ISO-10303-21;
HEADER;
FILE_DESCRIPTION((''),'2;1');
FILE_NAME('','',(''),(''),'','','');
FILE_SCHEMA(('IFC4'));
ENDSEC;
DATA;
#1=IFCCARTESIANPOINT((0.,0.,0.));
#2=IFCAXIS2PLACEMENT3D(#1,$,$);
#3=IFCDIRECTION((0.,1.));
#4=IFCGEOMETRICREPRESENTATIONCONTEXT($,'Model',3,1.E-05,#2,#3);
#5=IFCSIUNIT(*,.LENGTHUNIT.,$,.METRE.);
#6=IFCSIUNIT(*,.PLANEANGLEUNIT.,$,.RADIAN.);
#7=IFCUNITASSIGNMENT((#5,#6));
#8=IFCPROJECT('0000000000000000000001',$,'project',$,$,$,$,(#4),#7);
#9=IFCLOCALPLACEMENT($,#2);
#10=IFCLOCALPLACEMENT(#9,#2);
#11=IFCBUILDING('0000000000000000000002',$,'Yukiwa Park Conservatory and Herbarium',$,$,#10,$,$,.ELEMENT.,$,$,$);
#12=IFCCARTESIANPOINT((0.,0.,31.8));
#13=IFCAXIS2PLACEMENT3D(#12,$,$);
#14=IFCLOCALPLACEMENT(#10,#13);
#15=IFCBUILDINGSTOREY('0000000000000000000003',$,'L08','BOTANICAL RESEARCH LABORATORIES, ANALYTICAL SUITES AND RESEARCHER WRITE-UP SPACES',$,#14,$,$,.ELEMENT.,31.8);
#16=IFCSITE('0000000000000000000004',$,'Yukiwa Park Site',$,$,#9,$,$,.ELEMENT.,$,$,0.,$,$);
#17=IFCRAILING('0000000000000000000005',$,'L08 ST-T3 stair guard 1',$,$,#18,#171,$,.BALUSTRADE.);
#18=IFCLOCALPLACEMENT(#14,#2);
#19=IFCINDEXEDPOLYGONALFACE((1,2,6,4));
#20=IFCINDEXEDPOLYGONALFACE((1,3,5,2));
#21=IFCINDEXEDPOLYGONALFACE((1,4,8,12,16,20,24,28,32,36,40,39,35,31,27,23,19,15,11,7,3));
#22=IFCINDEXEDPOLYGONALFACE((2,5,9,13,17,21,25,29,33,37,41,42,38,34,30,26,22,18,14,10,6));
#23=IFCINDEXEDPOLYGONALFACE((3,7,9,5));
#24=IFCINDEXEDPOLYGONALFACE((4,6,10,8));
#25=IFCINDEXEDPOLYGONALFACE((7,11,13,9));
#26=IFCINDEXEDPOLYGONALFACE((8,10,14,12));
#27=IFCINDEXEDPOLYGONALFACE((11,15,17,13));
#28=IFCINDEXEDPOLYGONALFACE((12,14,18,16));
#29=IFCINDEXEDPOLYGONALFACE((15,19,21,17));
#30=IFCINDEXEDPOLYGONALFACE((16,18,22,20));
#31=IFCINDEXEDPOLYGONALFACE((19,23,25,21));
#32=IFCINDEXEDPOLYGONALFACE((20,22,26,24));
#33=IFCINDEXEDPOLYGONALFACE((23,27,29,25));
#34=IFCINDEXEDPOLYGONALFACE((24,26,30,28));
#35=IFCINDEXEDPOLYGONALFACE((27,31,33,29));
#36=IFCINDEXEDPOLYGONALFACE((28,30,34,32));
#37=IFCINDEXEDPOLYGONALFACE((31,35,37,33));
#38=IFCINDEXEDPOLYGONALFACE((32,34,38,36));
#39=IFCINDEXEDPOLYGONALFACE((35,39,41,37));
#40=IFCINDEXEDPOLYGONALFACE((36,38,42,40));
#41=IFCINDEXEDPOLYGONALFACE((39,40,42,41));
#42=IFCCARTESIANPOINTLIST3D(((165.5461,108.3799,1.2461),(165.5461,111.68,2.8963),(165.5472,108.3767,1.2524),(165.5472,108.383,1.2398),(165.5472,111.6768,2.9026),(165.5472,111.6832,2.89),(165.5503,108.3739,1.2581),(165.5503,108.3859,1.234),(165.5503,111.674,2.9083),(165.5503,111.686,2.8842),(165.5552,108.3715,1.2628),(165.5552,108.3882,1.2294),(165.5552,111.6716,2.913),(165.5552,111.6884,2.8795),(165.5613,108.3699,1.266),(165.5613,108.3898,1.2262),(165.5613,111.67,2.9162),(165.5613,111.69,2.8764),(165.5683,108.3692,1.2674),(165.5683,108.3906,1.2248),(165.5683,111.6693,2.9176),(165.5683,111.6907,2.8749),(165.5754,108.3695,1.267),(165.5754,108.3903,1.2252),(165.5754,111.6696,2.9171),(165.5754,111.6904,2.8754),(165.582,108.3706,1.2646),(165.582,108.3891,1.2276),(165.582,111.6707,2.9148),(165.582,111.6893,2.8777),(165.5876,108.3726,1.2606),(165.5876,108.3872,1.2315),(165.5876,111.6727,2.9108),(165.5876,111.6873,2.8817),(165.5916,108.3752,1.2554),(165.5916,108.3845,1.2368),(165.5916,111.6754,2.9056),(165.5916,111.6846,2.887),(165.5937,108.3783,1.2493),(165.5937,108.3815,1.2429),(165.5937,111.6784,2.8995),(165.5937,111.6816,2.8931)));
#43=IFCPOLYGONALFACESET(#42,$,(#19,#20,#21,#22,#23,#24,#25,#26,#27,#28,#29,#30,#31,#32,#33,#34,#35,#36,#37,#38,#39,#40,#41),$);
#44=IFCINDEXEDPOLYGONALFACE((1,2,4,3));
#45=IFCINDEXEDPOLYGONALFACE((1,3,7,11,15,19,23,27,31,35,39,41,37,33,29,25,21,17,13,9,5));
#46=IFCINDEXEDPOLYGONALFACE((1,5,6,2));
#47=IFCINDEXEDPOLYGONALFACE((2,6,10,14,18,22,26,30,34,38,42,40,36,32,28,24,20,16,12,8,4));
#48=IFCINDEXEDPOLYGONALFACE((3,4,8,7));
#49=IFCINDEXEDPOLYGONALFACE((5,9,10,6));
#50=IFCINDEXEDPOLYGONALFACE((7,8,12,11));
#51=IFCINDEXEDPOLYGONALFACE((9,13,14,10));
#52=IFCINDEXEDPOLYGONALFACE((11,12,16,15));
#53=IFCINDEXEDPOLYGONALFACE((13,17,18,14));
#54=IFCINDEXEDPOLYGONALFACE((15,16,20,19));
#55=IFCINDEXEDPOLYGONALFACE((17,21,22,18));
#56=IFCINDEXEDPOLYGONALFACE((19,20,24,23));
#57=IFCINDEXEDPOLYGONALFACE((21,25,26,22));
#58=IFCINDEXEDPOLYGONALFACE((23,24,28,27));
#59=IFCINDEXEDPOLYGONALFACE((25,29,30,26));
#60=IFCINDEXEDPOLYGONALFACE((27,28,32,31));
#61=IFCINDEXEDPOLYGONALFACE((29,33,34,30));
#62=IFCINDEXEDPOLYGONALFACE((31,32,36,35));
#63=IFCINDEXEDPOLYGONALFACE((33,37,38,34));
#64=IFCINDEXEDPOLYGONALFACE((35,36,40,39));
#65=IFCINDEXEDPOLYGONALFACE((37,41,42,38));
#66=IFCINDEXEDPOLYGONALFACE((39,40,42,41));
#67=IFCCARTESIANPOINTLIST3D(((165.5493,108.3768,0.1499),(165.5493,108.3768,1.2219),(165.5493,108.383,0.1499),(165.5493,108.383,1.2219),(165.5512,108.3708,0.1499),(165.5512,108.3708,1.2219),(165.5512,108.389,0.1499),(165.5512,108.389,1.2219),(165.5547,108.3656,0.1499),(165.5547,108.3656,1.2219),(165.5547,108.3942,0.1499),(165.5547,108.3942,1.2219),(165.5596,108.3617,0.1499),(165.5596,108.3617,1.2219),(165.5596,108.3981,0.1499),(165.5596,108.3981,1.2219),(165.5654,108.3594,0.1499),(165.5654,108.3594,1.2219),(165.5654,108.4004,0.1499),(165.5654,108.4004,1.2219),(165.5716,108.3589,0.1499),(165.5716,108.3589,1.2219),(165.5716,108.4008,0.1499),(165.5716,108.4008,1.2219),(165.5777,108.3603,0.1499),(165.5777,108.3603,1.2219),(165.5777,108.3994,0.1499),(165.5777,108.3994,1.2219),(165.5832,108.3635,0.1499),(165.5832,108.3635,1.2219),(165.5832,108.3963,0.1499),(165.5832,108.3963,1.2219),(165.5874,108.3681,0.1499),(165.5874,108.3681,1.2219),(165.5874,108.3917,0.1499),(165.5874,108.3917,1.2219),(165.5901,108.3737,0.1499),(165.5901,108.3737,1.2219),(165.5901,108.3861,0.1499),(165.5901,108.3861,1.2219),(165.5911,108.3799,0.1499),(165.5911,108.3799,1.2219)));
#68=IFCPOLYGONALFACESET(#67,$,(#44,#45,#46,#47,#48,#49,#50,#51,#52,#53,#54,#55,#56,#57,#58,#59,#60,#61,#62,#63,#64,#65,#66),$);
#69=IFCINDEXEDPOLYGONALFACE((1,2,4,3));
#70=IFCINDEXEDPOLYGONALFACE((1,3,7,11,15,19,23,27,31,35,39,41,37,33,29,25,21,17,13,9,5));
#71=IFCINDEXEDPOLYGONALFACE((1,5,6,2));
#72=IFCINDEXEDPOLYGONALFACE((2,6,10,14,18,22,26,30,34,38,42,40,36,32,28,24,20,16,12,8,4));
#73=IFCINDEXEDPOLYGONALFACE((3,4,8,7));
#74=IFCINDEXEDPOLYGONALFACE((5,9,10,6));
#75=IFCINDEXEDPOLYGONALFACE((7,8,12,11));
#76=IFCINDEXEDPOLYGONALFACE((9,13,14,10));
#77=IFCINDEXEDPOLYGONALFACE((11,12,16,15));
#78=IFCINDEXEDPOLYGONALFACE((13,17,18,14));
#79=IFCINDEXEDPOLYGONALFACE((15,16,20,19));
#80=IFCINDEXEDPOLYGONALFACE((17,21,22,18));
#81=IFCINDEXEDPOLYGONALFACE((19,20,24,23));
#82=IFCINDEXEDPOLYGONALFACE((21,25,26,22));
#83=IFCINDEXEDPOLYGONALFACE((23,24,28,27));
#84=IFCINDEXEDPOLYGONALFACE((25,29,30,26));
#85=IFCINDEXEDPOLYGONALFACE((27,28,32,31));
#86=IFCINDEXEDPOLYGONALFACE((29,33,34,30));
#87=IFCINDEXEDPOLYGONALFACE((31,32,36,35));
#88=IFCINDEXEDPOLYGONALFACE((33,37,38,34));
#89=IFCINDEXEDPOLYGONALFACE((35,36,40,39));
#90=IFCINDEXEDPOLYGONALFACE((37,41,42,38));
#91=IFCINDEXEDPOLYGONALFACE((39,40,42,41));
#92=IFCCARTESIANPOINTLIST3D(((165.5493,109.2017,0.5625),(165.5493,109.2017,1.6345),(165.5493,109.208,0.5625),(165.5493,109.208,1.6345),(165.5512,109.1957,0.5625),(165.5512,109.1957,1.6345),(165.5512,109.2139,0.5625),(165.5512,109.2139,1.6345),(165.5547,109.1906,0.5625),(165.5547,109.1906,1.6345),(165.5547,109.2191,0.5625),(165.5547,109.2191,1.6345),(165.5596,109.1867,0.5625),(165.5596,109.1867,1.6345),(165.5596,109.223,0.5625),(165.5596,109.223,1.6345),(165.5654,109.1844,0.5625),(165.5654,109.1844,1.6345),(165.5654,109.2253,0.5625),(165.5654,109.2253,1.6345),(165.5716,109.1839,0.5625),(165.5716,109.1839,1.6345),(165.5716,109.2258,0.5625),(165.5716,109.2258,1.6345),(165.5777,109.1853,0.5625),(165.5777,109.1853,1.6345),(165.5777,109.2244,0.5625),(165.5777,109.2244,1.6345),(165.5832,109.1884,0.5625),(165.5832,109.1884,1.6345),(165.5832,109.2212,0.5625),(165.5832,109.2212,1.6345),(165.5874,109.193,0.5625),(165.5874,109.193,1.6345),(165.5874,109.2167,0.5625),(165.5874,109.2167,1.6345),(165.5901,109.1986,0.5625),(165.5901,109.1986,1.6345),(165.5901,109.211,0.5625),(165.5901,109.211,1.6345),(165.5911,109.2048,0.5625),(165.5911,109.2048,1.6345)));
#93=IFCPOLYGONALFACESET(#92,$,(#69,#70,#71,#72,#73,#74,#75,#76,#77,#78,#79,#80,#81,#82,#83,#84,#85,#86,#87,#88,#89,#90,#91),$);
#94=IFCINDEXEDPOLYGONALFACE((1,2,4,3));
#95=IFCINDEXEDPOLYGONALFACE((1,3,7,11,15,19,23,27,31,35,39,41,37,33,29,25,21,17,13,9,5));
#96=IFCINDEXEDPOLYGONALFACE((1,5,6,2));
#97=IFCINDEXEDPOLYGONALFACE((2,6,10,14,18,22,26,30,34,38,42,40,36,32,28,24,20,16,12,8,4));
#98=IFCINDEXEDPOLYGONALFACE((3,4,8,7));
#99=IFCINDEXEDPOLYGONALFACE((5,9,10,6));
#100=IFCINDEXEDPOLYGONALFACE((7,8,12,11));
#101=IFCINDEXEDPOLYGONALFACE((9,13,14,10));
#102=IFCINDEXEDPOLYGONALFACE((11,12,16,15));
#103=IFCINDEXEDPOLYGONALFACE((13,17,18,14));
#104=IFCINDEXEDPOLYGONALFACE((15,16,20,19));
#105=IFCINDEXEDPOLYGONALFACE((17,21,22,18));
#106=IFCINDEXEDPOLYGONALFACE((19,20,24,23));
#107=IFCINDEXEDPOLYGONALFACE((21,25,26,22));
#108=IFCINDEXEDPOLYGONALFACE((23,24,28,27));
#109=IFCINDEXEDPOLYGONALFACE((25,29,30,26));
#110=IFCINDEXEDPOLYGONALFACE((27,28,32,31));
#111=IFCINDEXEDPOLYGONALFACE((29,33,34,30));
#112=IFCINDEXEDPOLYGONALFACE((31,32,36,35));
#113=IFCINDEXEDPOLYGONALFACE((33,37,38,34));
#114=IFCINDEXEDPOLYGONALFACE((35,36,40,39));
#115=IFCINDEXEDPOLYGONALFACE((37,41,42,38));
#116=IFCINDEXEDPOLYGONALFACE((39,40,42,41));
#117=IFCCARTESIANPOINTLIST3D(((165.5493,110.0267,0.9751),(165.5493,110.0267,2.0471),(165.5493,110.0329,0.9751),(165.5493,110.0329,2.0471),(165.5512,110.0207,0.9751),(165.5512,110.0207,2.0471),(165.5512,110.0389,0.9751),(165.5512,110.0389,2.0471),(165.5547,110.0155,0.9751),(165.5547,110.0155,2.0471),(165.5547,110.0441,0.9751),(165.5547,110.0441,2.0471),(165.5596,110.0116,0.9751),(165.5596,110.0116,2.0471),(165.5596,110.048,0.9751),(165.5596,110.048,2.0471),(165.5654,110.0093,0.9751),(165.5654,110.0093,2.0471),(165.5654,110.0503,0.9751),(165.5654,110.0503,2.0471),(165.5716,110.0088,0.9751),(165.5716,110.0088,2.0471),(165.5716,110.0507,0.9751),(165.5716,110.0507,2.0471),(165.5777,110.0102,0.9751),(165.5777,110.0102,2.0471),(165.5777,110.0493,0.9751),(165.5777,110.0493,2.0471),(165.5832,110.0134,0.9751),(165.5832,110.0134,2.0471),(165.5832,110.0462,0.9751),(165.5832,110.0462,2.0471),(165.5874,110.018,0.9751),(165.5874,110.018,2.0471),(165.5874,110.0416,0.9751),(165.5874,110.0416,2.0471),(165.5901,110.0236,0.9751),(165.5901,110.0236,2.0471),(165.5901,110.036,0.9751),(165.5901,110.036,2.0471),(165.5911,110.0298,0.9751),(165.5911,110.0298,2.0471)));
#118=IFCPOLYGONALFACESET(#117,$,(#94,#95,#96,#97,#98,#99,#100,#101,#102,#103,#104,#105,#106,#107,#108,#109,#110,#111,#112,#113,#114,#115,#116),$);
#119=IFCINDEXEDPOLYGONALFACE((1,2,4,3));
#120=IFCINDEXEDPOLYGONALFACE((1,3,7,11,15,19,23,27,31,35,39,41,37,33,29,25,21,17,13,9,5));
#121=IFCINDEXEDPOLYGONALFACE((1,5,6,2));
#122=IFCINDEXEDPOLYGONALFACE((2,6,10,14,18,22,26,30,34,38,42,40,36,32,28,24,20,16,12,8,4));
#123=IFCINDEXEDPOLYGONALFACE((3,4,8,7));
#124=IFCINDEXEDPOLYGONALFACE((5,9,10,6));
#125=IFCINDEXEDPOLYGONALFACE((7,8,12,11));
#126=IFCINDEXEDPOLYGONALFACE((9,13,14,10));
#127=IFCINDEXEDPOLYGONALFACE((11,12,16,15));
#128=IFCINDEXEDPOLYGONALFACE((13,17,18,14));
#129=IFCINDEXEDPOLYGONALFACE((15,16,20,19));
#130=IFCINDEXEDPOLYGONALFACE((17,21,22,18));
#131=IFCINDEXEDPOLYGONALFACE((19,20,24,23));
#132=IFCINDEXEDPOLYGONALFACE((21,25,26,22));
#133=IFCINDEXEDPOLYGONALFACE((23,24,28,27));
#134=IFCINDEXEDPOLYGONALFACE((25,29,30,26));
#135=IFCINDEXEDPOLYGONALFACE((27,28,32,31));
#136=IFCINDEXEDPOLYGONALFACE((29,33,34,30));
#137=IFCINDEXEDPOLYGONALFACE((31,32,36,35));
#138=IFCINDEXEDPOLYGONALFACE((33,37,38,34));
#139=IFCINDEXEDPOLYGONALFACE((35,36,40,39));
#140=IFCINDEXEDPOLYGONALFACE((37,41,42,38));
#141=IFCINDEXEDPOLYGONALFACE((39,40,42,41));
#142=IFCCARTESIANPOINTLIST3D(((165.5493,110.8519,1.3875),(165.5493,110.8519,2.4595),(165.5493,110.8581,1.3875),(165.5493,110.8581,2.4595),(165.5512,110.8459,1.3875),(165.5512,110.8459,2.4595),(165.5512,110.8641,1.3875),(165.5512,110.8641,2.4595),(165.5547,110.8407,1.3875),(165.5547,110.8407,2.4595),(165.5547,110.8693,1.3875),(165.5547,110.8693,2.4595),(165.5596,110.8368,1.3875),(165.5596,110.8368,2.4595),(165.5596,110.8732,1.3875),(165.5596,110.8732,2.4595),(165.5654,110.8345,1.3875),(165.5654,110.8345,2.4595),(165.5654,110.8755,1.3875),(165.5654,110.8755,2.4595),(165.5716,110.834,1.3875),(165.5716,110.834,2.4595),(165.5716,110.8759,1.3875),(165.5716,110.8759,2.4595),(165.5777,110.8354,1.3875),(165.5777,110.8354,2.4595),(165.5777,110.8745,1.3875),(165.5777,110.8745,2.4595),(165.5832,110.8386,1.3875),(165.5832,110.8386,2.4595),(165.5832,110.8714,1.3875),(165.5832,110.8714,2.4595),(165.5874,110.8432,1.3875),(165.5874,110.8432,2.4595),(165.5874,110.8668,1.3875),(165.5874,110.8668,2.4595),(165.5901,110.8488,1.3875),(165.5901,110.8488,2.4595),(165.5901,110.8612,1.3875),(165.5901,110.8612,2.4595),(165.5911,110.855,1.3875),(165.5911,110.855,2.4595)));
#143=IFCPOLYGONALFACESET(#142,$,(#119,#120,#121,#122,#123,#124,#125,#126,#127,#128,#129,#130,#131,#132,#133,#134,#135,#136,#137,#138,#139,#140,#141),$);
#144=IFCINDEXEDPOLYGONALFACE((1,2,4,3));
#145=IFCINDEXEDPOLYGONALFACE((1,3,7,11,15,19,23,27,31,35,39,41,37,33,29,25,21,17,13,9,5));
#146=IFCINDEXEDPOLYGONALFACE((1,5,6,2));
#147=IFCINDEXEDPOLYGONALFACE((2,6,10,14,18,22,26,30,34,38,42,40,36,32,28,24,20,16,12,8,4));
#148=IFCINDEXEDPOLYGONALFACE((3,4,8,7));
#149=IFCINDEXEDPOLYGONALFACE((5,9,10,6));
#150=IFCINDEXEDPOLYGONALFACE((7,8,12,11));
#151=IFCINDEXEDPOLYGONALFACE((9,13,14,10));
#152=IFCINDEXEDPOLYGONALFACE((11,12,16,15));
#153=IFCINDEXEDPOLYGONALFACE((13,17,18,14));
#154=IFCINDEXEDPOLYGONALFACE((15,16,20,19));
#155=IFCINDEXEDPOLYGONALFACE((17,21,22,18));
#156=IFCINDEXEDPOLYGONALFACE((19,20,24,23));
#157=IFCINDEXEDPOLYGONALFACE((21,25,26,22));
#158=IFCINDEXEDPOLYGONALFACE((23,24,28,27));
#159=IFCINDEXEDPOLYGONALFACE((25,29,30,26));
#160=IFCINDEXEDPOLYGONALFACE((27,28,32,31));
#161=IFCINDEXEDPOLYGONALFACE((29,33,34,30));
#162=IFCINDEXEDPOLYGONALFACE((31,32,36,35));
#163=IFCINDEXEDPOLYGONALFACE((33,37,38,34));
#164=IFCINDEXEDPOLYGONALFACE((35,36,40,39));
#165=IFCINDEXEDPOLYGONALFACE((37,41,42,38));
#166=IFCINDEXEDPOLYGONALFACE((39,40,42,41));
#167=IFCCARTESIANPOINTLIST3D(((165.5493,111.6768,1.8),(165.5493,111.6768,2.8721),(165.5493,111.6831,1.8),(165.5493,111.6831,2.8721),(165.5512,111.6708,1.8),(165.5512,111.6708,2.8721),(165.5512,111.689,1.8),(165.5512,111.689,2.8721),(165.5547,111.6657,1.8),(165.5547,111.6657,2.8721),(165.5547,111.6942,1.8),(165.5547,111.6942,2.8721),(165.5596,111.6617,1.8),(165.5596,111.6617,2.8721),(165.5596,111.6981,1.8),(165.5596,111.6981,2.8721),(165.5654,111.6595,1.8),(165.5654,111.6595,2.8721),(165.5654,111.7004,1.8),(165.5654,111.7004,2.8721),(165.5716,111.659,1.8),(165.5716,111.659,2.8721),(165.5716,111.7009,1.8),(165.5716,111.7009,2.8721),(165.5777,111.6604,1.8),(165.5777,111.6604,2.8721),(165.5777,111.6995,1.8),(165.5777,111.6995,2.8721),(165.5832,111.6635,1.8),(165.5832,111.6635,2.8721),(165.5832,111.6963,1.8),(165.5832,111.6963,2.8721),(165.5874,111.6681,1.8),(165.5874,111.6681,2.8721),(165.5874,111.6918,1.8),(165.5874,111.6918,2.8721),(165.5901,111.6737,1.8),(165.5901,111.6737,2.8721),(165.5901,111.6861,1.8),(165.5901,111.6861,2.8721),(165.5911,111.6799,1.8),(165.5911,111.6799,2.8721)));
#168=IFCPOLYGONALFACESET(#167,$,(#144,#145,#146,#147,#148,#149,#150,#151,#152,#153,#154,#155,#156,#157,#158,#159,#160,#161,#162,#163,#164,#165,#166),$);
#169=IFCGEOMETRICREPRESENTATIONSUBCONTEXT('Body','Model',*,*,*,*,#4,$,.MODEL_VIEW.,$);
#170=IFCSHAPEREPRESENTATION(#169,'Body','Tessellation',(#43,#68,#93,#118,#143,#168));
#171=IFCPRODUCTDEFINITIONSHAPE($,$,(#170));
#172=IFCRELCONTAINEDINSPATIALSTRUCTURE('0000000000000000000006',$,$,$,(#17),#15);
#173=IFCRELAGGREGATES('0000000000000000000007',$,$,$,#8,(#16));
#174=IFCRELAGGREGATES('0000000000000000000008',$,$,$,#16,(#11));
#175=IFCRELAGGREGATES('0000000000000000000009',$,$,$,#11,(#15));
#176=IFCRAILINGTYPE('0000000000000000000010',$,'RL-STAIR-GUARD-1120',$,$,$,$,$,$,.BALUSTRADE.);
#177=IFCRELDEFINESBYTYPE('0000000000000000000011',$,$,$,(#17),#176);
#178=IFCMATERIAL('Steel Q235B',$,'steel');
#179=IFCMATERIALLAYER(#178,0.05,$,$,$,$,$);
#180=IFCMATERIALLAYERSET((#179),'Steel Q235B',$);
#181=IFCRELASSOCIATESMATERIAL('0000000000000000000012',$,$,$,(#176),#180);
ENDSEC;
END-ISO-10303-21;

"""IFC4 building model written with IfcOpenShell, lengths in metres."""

from ifc_helpers import new_model, si_unit, direction, frame, origin, origin_2d, place, context, subcontext, project, spatial, circle, extrude, material, layer, layer_set, type_object, element, save


model = new_model("IFC4")

# Units and contexts
model_context = context("Model", 3, precision=1e-05, world=origin(), true_north=direction((0.0, 1.0)))
body_context = subcontext(model_context, "Body", "Model", "MODEL_VIEW")
ifc_project = project(units=[si_unit("LENGTHUNIT", "METRE"), si_unit("PLANEANGLEUNIT", "RADIAN")], contexts=[model_context])

# Site, building, storey
site_placement = place(None, origin())
site = spatial("IfcSite", under=ifc_project, at=site_placement, Name="Yukiwa Park Site", CompositionType="ELEMENT", RefElevation=0.0)
building_placement = place(site_placement, origin())
building = spatial("IfcBuilding", under=site, at=building_placement, Name="Yukiwa Park Conservatory and Herbarium", CompositionType="ELEMENT")
storey_placement = place(building_placement, frame((0.0, 0.0, 31.8)))
storey = spatial("IfcBuildingStorey", under=building, at=storey_placement, Name="L08", Description="BOTANICAL RESEARCH LABORATORIES, ANALYTICAL SUITES AND RESEARCHER WRITE-UP SPACES", CompositionType="ELEMENT", Elevation=31.8)

# Railing
ifc_material_1 = material(Name="Steel Q235B", Category="steel")
ifc_layer_1 = layer(ifc_material_1, 0.05)
ifc_layer_set_1 = layer_set([ifc_layer_1], Name="Steel Q235B")
railing_type_1 = type_object("IfcRailingType", Name="RL-STAIR-GUARD-1120", PredefinedType="BALUSTRADE", material=ifc_layer_set_1)
railing_1_placement = place(storey_placement, frame((165.5701, 108.3799, 0.1499)))
element("IfcRailing", 1, at=railing_1_placement, inside=storey, type_object=railing_type_1, Name="L08 ST-T3 stair guard 1", PredefinedType="BALUSTRADE", context=body_context, shape_type="SweptSolid", body=[
    extrude(circle(Radius=0.0239, at=origin_2d()), frame((0.0, 0.0, 1.0962), z_axis=(0.0, 0.894414, 0.44724), x_axis=(-1.0, 0.0, 0.0)), (0.0, 0.0, 1.0), 3.6897),
    extrude(circle(Radius=0.021, at=origin_2d()), origin(), (0.0, 0.0, 1.0), 1.072),
    extrude(circle(Radius=0.021, at=origin_2d()), frame((0.0, 0.825, 0.4126)), (0.0, 0.0, 1.0), 1.072),
    extrude(circle(Radius=0.021, at=origin_2d()), frame((0.0, 1.6499, 0.8252)), (0.0, 0.0, 1.0), 1.072),
    extrude(circle(Radius=0.021, at=origin_2d()), frame((0.0, 2.4751, 1.2375)), (0.0, 0.0, 1.0), 1.072),
    extrude(circle(Radius=0.021, at=origin_2d()), frame((0.0, 3.3, 1.6501)), (0.0, 0.0, 1.0), 1.072),
])

save(model, "model.ifc")
